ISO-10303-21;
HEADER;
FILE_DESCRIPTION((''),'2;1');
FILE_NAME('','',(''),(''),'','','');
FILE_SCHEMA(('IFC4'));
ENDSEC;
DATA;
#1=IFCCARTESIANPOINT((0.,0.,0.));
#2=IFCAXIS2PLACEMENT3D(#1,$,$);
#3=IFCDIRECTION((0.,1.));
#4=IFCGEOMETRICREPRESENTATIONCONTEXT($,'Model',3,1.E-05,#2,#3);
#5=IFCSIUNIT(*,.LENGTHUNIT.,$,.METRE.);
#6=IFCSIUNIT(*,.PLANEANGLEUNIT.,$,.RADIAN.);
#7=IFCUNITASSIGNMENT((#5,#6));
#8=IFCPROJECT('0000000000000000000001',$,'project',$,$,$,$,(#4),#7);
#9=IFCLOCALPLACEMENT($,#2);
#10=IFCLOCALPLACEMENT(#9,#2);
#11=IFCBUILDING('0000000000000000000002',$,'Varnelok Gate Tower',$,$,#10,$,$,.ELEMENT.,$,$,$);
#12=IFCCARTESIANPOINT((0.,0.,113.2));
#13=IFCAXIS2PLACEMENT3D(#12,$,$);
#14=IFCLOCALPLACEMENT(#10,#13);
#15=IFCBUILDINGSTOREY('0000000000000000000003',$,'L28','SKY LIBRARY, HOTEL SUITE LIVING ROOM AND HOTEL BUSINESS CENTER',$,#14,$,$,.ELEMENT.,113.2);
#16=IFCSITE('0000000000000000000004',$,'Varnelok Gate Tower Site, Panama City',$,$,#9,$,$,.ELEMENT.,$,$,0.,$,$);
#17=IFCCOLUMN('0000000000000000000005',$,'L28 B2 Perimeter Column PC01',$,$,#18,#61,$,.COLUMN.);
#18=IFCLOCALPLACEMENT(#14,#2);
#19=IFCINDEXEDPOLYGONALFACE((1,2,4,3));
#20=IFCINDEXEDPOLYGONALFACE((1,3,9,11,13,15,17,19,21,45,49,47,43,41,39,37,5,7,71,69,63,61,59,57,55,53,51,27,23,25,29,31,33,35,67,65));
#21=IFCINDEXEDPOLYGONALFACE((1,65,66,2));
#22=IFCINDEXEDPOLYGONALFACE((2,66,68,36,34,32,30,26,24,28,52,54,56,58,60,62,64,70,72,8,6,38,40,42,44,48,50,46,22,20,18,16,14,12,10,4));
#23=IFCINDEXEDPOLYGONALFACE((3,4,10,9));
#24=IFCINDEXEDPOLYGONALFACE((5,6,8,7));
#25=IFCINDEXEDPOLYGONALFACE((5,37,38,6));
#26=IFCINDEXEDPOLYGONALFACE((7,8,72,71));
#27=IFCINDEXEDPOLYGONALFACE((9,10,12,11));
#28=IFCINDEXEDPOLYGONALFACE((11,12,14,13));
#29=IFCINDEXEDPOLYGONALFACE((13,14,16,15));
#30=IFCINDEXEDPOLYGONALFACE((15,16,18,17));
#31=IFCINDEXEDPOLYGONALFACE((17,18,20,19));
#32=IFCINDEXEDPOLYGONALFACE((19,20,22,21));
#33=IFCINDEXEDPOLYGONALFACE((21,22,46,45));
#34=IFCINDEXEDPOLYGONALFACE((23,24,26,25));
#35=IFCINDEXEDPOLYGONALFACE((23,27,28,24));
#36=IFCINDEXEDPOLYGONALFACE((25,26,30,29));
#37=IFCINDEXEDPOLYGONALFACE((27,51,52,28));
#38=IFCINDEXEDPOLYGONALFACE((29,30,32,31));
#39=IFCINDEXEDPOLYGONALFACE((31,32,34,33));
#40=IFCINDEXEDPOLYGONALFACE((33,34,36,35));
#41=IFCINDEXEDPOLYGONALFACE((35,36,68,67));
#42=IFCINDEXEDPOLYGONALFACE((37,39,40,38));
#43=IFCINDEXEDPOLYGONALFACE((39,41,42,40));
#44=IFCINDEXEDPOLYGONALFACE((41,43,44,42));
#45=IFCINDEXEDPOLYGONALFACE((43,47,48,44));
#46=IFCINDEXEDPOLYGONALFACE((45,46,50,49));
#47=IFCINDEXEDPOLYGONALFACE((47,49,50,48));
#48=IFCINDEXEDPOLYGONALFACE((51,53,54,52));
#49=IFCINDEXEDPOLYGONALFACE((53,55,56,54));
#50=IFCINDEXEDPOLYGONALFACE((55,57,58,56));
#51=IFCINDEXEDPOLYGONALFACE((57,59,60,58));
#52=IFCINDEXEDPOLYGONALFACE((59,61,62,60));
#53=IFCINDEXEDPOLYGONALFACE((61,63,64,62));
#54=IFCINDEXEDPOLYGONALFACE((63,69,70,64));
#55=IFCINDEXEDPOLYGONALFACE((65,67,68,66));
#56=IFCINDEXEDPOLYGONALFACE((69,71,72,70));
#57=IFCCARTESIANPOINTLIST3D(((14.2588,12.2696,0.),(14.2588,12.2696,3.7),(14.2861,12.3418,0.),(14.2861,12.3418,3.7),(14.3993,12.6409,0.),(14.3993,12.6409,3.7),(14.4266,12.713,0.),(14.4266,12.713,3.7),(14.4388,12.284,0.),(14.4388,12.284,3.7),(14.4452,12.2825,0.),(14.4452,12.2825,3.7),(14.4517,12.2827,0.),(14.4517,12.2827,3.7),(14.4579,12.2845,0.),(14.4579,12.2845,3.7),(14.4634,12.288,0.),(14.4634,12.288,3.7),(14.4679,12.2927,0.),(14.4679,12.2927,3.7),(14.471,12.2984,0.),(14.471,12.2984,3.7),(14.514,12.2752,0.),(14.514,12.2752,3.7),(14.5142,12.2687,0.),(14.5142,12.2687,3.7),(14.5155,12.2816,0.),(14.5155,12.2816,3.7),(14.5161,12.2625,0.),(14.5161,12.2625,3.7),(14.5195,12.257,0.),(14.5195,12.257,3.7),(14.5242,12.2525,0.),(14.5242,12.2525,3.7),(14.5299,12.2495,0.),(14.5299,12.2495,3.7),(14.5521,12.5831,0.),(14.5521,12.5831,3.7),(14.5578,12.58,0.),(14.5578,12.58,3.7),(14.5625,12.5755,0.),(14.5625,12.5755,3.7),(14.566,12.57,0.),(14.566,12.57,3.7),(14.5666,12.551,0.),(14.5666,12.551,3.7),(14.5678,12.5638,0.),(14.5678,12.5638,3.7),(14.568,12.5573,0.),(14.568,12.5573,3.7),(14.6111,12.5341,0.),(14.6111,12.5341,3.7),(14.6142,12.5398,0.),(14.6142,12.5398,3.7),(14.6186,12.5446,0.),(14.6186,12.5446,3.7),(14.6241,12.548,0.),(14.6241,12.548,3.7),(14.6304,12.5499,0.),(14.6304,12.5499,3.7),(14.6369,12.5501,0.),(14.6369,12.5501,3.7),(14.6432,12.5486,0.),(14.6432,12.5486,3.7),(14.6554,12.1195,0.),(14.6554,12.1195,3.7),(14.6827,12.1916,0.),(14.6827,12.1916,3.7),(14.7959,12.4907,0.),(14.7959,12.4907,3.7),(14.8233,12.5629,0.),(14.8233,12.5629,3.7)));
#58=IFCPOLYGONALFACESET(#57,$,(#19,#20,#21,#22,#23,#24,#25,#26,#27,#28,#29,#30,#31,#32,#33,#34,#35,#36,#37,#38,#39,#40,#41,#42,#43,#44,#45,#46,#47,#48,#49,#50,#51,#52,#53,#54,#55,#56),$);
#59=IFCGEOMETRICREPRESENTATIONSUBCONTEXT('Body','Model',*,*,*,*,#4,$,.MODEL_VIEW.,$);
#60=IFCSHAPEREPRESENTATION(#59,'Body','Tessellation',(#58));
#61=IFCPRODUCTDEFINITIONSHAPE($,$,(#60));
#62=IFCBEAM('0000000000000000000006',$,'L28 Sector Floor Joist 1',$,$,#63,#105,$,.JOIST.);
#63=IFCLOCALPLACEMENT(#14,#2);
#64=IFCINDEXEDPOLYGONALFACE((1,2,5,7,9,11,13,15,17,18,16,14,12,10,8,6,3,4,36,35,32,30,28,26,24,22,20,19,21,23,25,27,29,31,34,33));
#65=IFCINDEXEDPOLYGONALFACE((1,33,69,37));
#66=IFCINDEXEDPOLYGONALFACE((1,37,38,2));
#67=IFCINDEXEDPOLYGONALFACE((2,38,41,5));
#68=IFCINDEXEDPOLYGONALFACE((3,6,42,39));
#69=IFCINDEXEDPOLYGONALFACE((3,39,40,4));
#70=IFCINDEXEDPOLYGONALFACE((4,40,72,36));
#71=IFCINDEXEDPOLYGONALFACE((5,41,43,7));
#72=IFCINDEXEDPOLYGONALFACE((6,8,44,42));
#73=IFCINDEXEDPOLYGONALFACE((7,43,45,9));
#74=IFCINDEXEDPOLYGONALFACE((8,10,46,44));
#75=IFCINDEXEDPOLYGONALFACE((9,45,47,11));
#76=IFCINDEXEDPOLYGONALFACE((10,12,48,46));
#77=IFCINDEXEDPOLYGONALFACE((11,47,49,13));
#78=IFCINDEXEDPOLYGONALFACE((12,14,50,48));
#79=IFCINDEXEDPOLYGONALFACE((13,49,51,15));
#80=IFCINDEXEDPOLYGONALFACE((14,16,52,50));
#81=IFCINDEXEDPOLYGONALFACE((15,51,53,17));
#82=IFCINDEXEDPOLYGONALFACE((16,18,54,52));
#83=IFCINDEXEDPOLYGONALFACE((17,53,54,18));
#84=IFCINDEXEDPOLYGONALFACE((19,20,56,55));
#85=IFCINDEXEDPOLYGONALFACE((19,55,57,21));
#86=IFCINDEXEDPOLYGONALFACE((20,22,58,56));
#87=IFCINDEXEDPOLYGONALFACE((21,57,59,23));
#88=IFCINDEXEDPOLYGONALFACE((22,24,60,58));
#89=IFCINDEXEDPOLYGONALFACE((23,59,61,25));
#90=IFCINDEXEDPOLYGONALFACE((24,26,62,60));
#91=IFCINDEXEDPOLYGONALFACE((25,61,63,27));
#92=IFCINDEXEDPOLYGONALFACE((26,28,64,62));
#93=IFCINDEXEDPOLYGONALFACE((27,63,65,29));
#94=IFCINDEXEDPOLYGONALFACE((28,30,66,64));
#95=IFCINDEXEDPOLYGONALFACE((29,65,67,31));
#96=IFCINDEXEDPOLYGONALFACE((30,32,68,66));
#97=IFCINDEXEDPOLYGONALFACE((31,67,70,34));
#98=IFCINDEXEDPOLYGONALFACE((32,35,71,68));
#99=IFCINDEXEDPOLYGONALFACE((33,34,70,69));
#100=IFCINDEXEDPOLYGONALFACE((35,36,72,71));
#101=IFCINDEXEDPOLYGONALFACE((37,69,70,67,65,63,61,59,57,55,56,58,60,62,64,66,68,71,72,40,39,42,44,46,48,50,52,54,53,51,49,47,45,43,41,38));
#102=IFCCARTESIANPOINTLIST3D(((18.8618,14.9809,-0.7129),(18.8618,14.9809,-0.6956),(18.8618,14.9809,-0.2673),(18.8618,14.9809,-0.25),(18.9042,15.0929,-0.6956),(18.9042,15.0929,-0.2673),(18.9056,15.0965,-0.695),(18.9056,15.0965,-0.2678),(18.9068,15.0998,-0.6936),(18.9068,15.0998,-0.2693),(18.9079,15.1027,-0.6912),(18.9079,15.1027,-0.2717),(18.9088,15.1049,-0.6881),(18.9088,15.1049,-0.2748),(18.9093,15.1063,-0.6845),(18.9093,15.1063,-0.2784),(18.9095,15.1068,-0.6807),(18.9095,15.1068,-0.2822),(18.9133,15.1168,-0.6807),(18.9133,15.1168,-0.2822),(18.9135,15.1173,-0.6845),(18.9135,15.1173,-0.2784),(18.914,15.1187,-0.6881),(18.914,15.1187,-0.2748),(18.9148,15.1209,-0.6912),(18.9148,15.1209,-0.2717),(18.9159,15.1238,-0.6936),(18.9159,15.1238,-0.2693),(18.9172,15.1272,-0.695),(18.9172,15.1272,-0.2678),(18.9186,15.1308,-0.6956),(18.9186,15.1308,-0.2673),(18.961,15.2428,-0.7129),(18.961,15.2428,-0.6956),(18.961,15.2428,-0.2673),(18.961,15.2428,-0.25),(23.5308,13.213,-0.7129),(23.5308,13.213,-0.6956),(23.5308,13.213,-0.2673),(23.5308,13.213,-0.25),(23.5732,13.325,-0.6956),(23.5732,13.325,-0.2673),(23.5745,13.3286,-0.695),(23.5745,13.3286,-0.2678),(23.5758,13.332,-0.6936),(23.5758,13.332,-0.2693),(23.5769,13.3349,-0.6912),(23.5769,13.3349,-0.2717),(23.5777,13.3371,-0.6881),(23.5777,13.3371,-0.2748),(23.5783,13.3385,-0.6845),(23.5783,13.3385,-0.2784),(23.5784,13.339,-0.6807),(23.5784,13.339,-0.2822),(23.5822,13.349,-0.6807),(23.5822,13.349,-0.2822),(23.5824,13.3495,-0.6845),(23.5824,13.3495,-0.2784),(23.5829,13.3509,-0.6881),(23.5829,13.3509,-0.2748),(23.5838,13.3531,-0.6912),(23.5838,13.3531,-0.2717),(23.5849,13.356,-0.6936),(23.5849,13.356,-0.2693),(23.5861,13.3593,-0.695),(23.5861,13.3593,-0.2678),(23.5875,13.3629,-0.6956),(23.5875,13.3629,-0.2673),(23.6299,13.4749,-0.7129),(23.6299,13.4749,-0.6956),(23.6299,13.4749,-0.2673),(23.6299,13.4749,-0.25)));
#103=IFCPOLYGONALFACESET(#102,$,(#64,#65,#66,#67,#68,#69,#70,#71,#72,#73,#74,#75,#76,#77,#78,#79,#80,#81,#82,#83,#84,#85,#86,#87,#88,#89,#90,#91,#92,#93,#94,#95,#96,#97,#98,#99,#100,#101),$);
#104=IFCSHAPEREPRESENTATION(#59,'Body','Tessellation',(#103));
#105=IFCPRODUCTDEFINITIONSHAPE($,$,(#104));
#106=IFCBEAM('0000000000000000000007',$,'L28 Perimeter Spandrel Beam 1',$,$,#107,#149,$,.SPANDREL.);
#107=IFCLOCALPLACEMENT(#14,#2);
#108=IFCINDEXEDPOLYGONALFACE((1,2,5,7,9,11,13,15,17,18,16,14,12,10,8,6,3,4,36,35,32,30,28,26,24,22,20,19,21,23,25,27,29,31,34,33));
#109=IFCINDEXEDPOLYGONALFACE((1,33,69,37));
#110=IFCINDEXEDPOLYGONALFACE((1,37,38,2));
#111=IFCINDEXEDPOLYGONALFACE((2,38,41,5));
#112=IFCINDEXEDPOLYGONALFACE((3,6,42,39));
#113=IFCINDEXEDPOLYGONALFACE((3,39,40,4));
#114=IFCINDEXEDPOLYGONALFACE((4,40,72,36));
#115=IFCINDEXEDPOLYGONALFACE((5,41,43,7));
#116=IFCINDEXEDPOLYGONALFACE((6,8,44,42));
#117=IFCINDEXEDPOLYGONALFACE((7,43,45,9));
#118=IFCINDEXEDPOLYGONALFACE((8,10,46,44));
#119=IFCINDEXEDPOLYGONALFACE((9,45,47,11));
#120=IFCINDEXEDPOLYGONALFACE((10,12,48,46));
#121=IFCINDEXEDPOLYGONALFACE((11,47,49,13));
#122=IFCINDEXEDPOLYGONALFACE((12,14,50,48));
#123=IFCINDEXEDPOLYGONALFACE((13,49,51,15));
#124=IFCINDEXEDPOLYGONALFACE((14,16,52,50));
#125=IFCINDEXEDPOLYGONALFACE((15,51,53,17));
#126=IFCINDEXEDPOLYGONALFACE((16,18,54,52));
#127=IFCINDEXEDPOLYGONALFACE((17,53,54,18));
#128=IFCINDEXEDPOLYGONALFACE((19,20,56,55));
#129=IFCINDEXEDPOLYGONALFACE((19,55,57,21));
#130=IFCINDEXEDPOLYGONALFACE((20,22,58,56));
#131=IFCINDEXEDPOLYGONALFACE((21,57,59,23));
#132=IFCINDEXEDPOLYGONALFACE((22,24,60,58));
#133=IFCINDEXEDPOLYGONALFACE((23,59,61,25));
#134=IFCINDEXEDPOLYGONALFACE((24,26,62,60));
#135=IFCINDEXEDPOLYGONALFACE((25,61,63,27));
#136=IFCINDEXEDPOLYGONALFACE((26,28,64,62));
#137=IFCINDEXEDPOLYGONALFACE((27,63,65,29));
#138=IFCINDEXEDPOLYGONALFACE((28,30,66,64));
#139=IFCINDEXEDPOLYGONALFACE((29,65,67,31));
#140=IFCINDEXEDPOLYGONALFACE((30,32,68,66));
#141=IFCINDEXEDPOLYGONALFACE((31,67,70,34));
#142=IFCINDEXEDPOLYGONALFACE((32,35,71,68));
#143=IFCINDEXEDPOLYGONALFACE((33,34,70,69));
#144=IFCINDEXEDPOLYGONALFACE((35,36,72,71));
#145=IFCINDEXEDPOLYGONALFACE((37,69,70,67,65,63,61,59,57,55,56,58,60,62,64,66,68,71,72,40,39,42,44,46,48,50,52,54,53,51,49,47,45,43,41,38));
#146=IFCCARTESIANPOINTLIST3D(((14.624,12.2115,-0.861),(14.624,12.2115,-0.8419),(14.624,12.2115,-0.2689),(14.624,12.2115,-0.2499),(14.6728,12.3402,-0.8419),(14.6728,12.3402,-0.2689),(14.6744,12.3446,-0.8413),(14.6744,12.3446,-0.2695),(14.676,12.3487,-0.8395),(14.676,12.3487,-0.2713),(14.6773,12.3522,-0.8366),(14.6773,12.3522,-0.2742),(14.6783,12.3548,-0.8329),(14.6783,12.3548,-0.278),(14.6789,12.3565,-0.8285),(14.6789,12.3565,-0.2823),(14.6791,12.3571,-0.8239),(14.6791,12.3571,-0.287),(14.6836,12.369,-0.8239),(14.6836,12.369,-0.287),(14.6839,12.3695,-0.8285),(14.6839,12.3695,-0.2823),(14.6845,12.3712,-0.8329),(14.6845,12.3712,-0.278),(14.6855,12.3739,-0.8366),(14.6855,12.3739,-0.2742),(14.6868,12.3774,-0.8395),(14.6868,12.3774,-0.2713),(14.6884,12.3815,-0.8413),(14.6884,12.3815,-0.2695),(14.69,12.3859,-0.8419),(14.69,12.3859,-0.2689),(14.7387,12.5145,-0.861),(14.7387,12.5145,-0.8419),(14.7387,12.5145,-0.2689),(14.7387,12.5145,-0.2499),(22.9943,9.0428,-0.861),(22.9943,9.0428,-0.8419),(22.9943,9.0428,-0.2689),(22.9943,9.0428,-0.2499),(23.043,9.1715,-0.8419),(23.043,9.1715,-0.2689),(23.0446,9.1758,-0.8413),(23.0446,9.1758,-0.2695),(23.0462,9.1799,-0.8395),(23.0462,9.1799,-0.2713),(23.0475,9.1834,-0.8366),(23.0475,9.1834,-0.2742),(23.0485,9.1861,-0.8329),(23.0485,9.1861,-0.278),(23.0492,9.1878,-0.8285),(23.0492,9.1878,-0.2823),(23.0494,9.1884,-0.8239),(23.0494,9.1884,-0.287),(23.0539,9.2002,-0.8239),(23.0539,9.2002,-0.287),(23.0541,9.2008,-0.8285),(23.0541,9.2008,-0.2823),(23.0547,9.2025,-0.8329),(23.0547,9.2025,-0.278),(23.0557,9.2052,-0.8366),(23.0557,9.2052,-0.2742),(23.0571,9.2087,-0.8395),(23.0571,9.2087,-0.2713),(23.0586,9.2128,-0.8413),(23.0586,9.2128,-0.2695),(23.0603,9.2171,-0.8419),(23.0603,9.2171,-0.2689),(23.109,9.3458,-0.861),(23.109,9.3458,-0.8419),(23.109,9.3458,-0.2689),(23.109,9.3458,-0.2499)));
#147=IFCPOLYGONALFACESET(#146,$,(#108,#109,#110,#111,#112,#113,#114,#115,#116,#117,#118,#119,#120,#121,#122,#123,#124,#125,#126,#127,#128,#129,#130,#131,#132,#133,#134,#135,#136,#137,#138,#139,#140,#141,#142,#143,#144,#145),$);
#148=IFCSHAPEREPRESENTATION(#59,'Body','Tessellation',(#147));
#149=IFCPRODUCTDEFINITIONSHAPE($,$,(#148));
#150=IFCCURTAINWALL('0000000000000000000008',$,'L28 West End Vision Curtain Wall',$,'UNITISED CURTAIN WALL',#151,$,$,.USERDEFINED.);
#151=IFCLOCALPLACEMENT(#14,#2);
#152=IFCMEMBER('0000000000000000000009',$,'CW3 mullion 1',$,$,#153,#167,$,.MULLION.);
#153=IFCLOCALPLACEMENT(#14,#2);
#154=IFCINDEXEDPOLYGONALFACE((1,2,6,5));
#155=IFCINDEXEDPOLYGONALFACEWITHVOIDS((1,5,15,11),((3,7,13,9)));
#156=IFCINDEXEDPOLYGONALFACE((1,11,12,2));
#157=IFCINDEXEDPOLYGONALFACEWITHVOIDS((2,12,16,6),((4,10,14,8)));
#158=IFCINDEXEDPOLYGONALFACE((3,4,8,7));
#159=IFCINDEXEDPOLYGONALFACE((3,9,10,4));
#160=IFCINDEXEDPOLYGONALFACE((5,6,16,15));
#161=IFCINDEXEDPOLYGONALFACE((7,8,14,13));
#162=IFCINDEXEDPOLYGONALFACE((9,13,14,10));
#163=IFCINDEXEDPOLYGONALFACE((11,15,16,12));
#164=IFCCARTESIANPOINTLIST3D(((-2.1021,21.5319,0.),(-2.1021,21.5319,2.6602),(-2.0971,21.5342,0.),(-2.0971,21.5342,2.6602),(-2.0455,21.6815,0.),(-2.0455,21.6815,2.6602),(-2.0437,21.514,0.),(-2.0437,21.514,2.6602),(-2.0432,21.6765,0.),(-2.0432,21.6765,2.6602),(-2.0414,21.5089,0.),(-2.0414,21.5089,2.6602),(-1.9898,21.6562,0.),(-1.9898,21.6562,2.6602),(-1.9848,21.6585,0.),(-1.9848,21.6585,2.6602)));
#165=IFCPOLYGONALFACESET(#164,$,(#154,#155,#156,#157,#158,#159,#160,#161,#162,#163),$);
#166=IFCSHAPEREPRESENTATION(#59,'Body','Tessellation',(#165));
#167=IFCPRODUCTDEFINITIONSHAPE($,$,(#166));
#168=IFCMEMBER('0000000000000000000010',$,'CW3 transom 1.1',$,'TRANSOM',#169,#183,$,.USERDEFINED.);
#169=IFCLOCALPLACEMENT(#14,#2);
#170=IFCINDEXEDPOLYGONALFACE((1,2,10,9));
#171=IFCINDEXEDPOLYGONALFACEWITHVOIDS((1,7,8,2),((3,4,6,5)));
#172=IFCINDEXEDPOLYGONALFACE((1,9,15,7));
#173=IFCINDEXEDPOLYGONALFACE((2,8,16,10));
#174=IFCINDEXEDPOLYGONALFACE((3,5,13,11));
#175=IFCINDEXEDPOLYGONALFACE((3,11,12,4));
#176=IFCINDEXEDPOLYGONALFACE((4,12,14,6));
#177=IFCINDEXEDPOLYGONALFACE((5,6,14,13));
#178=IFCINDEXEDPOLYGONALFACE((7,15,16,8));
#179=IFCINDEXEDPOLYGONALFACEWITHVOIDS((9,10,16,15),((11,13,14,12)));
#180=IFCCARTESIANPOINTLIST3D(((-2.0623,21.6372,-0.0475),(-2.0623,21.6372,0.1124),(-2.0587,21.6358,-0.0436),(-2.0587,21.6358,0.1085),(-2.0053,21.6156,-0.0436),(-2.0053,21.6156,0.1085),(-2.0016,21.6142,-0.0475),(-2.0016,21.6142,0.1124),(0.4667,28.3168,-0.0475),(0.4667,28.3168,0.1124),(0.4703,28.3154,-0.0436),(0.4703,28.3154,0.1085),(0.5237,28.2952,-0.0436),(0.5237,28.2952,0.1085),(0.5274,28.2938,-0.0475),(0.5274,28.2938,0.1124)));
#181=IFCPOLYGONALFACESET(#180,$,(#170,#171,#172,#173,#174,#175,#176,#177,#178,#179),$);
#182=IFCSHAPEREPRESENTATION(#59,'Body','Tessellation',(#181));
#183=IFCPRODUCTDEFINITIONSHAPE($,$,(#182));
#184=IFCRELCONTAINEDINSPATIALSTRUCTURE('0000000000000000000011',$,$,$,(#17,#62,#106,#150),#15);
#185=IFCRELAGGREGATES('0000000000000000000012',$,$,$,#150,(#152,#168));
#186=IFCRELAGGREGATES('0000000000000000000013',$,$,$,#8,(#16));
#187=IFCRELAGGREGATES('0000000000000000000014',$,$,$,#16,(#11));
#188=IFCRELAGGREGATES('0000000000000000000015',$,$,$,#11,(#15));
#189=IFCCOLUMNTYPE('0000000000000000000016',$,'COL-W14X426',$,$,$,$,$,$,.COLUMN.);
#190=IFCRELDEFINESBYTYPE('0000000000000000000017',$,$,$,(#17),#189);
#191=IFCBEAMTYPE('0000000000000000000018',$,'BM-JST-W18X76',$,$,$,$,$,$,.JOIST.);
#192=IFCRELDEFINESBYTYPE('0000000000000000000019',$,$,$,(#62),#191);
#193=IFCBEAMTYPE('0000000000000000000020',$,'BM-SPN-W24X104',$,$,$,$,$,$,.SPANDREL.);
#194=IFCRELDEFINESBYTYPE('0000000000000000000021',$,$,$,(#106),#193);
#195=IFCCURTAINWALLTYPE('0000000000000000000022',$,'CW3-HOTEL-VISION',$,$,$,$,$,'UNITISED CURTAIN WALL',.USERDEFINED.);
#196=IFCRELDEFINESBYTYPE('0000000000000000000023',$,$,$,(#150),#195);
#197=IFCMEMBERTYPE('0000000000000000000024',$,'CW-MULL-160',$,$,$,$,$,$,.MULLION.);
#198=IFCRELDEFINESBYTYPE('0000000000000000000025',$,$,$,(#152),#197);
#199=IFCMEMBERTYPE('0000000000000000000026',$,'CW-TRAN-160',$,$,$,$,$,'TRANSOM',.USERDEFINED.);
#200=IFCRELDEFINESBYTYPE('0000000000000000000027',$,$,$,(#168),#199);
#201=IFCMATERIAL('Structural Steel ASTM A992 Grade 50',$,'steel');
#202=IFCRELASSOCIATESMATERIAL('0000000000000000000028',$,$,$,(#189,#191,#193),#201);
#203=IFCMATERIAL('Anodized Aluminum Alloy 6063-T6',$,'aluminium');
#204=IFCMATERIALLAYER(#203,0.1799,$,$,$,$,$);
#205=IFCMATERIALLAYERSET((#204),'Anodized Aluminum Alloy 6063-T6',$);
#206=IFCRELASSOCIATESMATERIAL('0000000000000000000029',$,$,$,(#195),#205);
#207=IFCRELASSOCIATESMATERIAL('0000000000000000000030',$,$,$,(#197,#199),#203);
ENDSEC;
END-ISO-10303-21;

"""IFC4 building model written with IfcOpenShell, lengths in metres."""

from ifc_helpers import new_model, si_unit, direction, frame, origin, origin_2d, place, context, subcontext, project, spatial, hollow_rectangle, i_section, extrude, material, layer, layer_set, material_profile, profile_set, type_object, element, aggregate, save


model = new_model("IFC4")

# Units and contexts
model_context = context("Model", 3, precision=1e-05, world=origin(), true_north=direction((0.0, 1.0)))
body_context = subcontext(model_context, "Body", "Model", "MODEL_VIEW")
ifc_project = project(units=[si_unit("LENGTHUNIT", "METRE"), si_unit("PLANEANGLEUNIT", "RADIAN")], contexts=[model_context])

# Site, building, storey
site_placement = place(None, origin())
site = spatial("IfcSite", under=ifc_project, at=site_placement, Name="Varnelok Gate Tower Site, Panama City", CompositionType="ELEMENT", RefElevation=0.0)
building_placement = place(site_placement, origin())
building = spatial("IfcBuilding", under=site, at=building_placement, Name="Varnelok Gate Tower", CompositionType="ELEMENT")
storey_placement = place(building_placement, frame((0.0, 0.0, 113.2)))
storey = spatial("IfcBuildingStorey", under=building, at=storey_placement, Name="L28", Description="SKY LIBRARY, HOTEL SUITE LIVING ROOM AND HOTEL BUSINESS CENTER", CompositionType="ELEMENT", Elevation=113.2)

# Column
ifc_material_1 = material(Name="Structural Steel ASTM A992 Grade 50", Category="steel")
ifc_material_profile_1 = material_profile(ifc_material_1, i_section(OverallWidth=0.4241, OverallDepth=0.4741, WebThickness=0.0476, FlangeThickness=0.0771, FilletRadius=0.0249, at=origin_2d()), Name="W14X426")
ifc_profile_set_1 = profile_set([ifc_material_profile_1], Name="Structural Steel ASTM A992 Grade 50")
column_type = type_object("IfcColumnType", Name="COL-W14X426", PredefinedType="COLUMN", material=ifc_profile_set_1)
column_placement = place(storey_placement, frame((14.541, 12.4163, 0.0), z_axis=(0.0, 0.0, 1.0), x_axis=(0.935222, -0.354063, 0.0)))
element("IfcColumn", 1, at=column_placement, inside=storey, type_object=column_type, Name="L28 B2 Perimeter Column PC01", PredefinedType="COLUMN", context=body_context, shape_type="SweptSolid", body=[
    extrude(i_section(OverallWidth=0.4241, OverallDepth=0.4741, WebThickness=0.0476, FlangeThickness=0.0771, FilletRadius=0.0249, at=origin_2d()), origin(), (0.0, 0.0, 1.0), 3.7),
])

# Beams
ifc_material_profile_2 = material_profile(ifc_material_1, i_section(OverallWidth=0.28, OverallDepth=0.4629, WebThickness=0.0107, FlangeThickness=0.0173, FilletRadius=0.0149, at=origin_2d()), Name="W18X76")
ifc_profile_set_2 = profile_set([ifc_material_profile_2], Name="Structural Steel ASTM A992 Grade 50")
beam_type_1 = type_object("IfcBeamType", Name="BM-JST-W18X76", PredefinedType="JOIST", material=ifc_profile_set_2)
beam_1_placement = place(storey_placement, frame((18.9114, 15.1118, -0.4814), z_axis=(0.935207, -0.354101, 0.0), x_axis=(0.354101, 0.935207, 0.0)))
element("IfcBeam", 2, at=beam_1_placement, inside=storey, type_object=beam_type_1, Name="L28 Sector Floor Joist 1", PredefinedType="JOIST", context=body_context, shape_type="SweptSolid", body=[
    extrude(i_section(OverallWidth=0.28, OverallDepth=0.4629, WebThickness=0.0107, FlangeThickness=0.0173, FilletRadius=0.0149, at=origin_2d()), origin(), (0.0, 0.0, 1.0), 4.9924),
])
ifc_material_profile_3 = material_profile(ifc_material_1, i_section(OverallWidth=0.324, OverallDepth=0.6111, WebThickness=0.0127, FlangeThickness=0.019, FilletRadius=0.0181, at=origin_2d()), Name="W24X104")
ifc_profile_set_3 = profile_set([ifc_material_profile_3], Name="Structural Steel ASTM A992 Grade 50")
beam_type_2 = type_object("IfcBeamType", Name="BM-SPN-W24X104", PredefinedType="SPANDREL", material=ifc_profile_set_3)
beam_2_placement = place(storey_placement, frame((14.6814, 12.363, -0.5554), z_axis=(0.935226, -0.354051, 0.0), x_axis=(0.354051, 0.935226, 0.0)))
element("IfcBeam", 3, at=beam_2_placement, inside=storey, type_object=beam_type_2, Name="L28 Perimeter Spandrel Beam 1", PredefinedType="SPANDREL", context=body_context, shape_type="SweptSolid", body=[
    extrude(i_section(OverallWidth=0.324, OverallDepth=0.6111, WebThickness=0.0127, FlangeThickness=0.019, FilletRadius=0.0181, at=origin_2d()), origin(), (0.0, 0.0, 1.0), 8.95),
])

# Curtain wall, members
ifc_material_2 = material(Name="Anodized Aluminum Alloy 6063-T6", Category="aluminium")
ifc_layer_1 = layer(ifc_material_2, 0.1799)
ifc_layer_set_1 = layer_set([ifc_layer_1], Name="Anodized Aluminum Alloy 6063-T6")
curtain_wall_type = type_object("IfcCurtainWallType", Name="CW3-HOTEL-VISION", ElementType="UNITISED CURTAIN WALL", PredefinedType="USERDEFINED", material=ifc_layer_set_1)
curtain_wall_placement = place(storey_placement, origin())
curtain_wall = element("IfcCurtainWall", 4, at=curtain_wall_placement, inside=storey, type_object=curtain_wall_type, Name="L28 West End Vision Curtain Wall", ObjectType="UNITISED CURTAIN WALL", PredefinedType="USERDEFINED")
ifc_material_profile_4 = material_profile(ifc_material_2, hollow_rectangle(XDim=0.0649, YDim=0.1599, WallThickness=0.0039, at=origin_2d()), Name="ALU160X65X4")
ifc_profile_set_4 = profile_set([ifc_material_profile_4], Name="Anodized Aluminum Alloy 6063-T6")
member_type_1 = type_object("IfcMemberType", Name="CW-MULL-160", PredefinedType="MULLION", material=ifc_profile_set_4)
member_1_placement = place(storey_placement, frame((-2.0435, 21.5952, 0.0), z_axis=(0.0, 0.0, 1.0), x_axis=(-0.935221, 0.354064, 0.0)))
member_1 = element("IfcMember", 5, at=member_1_placement, type_object=member_type_1, Name="CW3 mullion 1", PredefinedType="MULLION", context=body_context, shape_type="SweptSolid", body=[
    extrude(hollow_rectangle(XDim=0.0649, YDim=0.1599, WallThickness=0.0039, at=origin_2d()), origin(), (0.0, 0.0, 1.0), 2.6602),
])
ifc_material_profile_5 = material_profile(ifc_material_2, hollow_rectangle(XDim=0.0649, YDim=0.1599, WallThickness=0.0039, at=origin_2d()), Name="ALU160X65X4")
ifc_profile_set_5 = profile_set([ifc_material_profile_5], Name="Anodized Aluminum Alloy 6063-T6")
member_type_2 = type_object("IfcMemberType", Name="CW-TRAN-160", ElementType="TRANSOM", PredefinedType="USERDEFINED", material=ifc_profile_set_5)
member_2_placement = place(storey_placement, frame((-2.032, 21.6257, 0.0325), z_axis=(0.354088, 0.935212, 0.0), x_axis=(-0.935212, 0.354088, 0.0)))
member_2 = element("IfcMember", 6, at=member_2_placement, type_object=member_type_2, Name="CW3 transom 1.1", ObjectType="TRANSOM", PredefinedType="USERDEFINED", context=body_context, shape_type="SweptSolid", body=[
    extrude(hollow_rectangle(XDim=0.0649, YDim=0.1599, WallThickness=0.0039, at=origin_2d()), origin(), (0.0, 0.0, 1.0), 7.1423),
])
aggregate(curtain_wall, [member_1, member_2])

save(model, "model.ifc")
